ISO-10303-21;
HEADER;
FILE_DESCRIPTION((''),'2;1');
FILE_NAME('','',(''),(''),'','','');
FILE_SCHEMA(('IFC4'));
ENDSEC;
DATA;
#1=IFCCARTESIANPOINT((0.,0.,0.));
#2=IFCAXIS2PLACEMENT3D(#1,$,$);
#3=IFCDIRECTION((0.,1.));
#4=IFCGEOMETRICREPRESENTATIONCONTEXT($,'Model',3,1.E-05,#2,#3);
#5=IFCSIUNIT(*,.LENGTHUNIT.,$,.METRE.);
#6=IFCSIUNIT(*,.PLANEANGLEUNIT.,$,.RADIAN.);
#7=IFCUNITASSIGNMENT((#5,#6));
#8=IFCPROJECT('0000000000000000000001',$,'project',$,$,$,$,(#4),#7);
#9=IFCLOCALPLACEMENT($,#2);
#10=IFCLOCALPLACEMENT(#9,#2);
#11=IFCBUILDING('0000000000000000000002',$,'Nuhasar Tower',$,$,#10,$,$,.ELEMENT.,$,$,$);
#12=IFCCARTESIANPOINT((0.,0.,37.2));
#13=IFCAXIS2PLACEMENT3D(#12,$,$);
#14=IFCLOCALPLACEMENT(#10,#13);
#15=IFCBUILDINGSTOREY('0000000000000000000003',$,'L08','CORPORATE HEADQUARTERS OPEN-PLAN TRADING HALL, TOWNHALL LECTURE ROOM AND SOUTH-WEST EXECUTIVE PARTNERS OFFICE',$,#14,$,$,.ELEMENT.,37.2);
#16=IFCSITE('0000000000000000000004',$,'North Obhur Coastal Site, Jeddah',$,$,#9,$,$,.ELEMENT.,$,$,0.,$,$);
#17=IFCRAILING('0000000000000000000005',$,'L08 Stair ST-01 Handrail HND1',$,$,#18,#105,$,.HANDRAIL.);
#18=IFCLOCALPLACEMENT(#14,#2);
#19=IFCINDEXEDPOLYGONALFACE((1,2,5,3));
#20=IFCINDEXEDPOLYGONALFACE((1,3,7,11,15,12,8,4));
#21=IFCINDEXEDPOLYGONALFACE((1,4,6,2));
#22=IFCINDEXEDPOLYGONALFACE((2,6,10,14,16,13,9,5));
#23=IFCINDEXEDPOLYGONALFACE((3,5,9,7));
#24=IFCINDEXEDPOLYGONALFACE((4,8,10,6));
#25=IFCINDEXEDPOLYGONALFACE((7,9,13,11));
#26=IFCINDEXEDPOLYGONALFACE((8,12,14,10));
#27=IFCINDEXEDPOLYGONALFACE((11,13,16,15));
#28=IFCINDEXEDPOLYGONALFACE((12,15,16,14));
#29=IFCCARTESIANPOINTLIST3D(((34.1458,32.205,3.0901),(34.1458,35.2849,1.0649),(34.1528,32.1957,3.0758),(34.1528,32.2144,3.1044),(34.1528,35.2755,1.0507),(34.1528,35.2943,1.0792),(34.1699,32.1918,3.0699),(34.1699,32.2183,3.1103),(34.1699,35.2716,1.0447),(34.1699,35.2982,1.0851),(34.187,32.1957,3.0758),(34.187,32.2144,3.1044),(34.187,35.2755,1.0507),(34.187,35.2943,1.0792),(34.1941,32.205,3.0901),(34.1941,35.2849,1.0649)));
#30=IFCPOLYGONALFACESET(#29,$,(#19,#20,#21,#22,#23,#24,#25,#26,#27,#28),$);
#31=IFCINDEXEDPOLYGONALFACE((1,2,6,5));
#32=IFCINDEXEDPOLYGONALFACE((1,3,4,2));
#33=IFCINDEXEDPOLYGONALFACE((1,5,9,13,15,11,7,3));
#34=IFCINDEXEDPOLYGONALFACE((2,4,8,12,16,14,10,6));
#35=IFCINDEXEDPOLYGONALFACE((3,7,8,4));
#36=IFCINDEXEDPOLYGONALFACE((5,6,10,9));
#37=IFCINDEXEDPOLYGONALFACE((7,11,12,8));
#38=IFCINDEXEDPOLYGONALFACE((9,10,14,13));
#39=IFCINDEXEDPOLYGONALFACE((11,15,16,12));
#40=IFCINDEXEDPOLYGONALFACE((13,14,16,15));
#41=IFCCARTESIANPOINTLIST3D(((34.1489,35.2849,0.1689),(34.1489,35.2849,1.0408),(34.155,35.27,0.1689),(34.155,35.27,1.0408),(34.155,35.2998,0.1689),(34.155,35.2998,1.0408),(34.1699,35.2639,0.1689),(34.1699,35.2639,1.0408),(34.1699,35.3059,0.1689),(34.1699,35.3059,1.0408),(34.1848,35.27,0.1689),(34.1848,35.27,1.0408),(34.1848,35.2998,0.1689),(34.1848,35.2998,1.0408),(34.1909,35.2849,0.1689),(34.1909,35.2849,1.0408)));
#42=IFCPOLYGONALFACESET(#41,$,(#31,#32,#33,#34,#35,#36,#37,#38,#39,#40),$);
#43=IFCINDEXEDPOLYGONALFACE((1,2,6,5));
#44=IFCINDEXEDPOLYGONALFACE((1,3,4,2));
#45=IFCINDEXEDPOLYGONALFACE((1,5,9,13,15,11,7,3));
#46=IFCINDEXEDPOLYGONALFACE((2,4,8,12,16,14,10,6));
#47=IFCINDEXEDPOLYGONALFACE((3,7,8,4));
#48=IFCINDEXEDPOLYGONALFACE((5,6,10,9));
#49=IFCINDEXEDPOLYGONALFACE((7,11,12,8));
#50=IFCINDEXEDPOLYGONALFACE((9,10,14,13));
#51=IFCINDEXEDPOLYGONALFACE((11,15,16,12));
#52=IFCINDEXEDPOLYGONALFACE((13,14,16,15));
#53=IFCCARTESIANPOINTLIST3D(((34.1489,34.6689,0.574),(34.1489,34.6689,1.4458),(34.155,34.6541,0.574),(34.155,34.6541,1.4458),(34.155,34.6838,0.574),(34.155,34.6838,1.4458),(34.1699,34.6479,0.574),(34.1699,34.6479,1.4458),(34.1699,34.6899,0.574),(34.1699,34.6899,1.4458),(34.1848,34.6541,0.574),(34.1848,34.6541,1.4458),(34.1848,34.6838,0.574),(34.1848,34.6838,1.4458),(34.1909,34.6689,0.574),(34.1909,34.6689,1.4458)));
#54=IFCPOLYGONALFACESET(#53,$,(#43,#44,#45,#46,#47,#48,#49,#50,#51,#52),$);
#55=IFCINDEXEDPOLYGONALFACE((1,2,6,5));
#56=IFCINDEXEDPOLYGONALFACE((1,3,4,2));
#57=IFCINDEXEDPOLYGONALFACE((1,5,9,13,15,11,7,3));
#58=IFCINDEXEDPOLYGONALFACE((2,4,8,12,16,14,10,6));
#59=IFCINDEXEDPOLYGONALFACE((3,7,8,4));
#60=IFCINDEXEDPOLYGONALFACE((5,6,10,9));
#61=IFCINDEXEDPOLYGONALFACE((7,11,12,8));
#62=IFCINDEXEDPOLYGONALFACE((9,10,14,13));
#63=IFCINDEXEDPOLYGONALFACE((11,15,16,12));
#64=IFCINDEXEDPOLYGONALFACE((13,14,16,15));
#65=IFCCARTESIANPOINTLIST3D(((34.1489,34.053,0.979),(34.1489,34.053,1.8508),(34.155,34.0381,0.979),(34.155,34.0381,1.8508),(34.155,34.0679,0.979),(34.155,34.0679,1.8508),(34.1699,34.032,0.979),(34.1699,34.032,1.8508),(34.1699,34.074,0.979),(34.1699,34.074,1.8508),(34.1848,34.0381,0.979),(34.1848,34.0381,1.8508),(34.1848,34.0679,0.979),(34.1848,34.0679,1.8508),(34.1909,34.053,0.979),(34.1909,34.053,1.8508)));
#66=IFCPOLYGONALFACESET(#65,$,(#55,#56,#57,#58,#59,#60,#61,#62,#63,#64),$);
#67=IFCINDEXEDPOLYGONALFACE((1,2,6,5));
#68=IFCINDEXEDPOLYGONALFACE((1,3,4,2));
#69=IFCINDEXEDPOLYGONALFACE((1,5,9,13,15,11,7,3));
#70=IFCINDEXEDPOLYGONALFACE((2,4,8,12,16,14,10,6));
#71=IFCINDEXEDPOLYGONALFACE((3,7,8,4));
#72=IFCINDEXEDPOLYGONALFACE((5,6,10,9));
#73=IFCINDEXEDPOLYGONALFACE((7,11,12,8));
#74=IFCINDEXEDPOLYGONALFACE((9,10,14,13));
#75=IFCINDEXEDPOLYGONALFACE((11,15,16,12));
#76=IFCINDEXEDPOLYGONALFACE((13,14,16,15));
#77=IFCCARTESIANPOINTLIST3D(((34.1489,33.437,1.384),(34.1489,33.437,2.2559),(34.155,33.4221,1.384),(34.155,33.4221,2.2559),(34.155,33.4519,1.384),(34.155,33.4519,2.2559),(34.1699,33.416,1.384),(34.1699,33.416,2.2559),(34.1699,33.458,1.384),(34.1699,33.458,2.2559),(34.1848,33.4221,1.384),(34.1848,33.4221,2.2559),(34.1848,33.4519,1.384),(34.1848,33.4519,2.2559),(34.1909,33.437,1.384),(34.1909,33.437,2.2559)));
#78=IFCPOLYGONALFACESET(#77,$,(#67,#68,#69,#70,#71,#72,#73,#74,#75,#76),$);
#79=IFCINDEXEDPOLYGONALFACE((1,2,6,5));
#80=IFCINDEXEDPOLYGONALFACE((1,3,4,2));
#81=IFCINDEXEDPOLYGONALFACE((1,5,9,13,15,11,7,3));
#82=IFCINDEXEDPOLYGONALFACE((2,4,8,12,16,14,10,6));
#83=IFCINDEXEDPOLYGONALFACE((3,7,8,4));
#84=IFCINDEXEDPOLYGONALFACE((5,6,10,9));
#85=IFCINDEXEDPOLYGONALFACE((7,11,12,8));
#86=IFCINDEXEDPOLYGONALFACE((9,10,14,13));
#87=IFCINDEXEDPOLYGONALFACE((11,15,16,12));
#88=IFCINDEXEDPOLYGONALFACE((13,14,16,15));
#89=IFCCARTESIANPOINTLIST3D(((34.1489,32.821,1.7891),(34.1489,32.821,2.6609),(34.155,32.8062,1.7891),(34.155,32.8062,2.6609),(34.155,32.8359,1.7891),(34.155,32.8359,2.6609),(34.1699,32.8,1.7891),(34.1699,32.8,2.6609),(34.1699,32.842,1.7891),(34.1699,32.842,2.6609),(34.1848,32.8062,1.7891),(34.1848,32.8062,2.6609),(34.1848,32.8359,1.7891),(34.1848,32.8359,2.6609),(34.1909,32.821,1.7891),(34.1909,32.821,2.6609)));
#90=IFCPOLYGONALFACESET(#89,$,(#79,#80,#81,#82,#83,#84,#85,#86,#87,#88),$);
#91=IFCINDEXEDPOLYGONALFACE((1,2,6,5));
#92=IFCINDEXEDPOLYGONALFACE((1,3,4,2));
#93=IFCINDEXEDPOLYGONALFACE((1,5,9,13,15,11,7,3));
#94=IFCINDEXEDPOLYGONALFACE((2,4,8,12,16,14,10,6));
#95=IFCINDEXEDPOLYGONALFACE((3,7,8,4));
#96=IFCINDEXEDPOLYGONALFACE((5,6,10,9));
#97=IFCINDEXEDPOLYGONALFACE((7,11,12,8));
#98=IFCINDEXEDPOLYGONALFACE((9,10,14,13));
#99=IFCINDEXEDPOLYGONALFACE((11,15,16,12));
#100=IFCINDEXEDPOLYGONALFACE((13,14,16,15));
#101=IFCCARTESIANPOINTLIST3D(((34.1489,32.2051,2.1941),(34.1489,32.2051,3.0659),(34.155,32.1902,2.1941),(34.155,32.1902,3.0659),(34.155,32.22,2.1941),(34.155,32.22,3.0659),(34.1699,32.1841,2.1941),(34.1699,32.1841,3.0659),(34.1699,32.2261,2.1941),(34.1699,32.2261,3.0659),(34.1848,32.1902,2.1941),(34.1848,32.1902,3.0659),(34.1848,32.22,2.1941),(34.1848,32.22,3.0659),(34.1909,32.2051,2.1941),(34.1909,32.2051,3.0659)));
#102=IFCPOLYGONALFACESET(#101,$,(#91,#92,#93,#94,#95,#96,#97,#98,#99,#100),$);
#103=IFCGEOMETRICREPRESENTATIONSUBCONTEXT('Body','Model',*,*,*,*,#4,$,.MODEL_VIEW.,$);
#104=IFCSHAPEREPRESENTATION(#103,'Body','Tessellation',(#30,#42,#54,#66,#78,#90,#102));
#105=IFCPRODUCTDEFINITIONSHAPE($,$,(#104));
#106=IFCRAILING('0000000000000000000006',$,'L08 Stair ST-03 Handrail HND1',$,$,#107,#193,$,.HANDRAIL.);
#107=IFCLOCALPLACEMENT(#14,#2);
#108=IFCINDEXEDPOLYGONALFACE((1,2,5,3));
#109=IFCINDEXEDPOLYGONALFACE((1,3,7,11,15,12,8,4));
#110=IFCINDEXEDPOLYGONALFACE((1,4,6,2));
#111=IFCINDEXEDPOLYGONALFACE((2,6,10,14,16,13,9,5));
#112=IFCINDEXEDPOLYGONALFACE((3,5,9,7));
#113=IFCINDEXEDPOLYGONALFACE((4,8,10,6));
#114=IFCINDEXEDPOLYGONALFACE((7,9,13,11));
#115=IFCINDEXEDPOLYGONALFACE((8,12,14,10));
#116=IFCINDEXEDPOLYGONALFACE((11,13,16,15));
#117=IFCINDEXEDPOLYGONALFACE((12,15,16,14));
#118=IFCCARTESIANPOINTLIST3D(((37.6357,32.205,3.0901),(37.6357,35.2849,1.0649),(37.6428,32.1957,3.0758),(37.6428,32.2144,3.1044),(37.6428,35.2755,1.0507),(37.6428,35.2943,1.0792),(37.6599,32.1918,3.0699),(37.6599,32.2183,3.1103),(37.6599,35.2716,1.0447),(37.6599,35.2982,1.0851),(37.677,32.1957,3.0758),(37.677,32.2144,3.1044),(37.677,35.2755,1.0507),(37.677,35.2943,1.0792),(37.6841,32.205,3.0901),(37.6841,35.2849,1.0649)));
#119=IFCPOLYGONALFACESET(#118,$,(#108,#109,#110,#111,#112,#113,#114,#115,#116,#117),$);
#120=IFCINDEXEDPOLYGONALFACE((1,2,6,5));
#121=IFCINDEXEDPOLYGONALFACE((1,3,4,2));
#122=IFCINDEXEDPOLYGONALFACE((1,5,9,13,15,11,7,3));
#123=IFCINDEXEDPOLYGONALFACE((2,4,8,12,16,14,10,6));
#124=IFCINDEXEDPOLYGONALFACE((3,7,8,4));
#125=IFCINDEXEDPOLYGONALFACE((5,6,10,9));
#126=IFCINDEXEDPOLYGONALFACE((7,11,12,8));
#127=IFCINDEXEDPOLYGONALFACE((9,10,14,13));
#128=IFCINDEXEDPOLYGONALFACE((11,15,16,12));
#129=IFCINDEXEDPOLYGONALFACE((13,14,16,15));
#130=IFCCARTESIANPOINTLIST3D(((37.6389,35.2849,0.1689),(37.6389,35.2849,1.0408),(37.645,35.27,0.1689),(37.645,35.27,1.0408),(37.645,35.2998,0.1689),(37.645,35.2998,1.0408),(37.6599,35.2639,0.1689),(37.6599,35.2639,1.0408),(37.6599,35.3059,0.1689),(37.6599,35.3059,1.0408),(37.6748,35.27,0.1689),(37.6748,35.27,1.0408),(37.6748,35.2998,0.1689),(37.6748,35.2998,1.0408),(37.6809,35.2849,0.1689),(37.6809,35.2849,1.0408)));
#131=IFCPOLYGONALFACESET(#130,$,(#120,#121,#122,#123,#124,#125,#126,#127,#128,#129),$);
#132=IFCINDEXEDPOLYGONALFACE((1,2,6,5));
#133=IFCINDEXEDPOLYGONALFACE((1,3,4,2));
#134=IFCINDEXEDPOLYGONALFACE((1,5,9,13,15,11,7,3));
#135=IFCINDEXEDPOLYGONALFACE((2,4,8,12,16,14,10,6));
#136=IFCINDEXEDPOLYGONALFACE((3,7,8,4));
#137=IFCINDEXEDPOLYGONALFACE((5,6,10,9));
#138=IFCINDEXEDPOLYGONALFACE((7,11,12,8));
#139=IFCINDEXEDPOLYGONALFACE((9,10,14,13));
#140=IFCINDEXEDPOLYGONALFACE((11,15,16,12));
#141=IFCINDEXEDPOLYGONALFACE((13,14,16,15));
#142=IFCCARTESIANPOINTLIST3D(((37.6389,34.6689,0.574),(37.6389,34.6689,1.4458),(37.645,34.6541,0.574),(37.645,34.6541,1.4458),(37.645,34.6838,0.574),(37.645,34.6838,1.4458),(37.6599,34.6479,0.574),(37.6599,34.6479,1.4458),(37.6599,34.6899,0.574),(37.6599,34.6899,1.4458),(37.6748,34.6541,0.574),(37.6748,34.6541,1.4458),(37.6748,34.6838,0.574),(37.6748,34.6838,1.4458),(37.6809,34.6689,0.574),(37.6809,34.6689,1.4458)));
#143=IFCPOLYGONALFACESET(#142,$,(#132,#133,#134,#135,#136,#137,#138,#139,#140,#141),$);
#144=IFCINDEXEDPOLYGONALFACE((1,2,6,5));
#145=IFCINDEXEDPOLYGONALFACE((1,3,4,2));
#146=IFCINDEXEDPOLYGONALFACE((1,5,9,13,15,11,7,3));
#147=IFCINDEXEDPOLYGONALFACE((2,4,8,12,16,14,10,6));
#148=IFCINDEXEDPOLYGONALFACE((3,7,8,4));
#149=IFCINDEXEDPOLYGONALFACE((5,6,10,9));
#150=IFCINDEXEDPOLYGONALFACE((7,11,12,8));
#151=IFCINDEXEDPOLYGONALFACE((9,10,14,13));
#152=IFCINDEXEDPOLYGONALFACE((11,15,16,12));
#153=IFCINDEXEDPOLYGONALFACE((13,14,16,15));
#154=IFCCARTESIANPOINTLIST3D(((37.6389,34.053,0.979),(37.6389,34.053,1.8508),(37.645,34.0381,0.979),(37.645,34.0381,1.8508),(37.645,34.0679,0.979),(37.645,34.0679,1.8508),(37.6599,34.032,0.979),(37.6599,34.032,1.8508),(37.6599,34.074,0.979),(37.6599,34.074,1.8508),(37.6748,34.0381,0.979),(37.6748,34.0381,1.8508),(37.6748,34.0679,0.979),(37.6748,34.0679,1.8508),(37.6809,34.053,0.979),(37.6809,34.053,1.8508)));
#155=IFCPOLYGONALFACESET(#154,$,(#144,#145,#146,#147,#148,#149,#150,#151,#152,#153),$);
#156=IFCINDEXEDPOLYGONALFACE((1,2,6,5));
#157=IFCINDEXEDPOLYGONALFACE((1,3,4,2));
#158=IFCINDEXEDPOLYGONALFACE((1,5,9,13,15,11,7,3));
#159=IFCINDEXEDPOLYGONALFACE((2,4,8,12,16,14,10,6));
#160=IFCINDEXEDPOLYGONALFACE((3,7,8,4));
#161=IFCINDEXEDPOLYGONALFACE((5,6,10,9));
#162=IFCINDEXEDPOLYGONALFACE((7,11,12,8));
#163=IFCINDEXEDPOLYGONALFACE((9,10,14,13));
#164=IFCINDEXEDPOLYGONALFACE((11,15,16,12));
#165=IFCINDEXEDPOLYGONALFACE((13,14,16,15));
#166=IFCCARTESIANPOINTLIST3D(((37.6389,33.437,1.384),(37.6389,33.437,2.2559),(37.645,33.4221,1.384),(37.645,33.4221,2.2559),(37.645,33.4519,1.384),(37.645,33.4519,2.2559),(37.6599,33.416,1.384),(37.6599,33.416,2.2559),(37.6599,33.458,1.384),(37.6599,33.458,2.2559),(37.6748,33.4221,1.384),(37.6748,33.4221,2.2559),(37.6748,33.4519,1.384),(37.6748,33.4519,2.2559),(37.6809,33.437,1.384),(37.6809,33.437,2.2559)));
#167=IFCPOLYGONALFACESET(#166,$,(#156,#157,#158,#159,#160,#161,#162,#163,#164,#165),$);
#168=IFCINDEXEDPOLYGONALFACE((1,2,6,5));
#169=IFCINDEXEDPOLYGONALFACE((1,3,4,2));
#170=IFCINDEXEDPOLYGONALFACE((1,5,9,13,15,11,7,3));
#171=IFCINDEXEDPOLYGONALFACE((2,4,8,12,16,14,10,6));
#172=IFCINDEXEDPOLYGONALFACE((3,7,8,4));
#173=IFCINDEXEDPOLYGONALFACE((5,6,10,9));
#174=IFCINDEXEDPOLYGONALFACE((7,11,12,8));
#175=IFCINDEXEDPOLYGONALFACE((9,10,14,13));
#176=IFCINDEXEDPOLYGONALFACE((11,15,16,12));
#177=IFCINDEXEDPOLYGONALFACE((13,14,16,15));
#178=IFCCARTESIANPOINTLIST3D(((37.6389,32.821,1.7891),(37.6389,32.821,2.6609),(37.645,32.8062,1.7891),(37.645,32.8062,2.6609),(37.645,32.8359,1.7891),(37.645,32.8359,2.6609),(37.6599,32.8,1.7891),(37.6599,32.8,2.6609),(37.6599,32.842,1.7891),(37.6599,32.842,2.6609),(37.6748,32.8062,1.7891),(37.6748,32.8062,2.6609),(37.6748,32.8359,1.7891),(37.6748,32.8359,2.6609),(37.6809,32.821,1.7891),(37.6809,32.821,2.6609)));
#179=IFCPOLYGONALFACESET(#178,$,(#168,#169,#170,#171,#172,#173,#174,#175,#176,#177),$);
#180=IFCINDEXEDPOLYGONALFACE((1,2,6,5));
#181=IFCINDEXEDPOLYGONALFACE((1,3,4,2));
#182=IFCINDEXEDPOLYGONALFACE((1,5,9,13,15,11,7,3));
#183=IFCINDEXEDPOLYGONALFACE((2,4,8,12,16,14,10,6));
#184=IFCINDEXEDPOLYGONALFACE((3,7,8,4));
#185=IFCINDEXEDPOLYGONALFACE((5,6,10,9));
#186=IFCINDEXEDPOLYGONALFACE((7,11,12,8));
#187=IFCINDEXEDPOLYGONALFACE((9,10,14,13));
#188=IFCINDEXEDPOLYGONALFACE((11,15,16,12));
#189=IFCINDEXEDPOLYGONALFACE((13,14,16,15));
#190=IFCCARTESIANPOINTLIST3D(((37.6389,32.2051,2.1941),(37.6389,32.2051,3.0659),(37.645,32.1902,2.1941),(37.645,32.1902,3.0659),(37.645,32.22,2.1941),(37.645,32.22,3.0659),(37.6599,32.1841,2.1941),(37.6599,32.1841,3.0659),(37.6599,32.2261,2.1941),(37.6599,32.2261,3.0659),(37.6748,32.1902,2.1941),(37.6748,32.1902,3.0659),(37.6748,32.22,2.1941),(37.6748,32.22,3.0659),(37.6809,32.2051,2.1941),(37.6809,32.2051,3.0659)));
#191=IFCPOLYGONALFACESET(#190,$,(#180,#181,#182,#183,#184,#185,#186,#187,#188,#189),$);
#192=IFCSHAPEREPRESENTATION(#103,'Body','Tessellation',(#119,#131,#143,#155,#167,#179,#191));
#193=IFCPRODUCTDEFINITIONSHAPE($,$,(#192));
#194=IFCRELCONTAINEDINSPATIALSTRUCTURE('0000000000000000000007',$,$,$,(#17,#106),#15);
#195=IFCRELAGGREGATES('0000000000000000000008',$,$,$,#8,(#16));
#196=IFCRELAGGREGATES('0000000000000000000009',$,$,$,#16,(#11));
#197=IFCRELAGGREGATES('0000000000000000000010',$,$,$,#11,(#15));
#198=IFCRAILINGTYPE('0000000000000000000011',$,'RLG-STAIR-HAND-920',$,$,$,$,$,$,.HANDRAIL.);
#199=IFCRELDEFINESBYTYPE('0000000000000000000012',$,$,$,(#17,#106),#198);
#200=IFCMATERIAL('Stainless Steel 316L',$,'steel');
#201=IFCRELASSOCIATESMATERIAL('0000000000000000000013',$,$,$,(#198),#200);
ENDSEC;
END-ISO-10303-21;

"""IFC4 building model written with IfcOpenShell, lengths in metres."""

from ifc_helpers import new_model, si_unit, direction, frame, origin, place, context, subcontext, project, spatial, polyline, outline, extrude, material, type_object, element, save


model = new_model("IFC4")

# Units and contexts
model_context = context("Model", 3, precision=1e-05, world=origin(), true_north=direction((0.0, 1.0)))
body_context = subcontext(model_context, "Body", "Model", "MODEL_VIEW")
ifc_project = project(units=[si_unit("LENGTHUNIT", "METRE"), si_unit("PLANEANGLEUNIT", "RADIAN")], contexts=[model_context])

# Site, building, storey
site_placement = place(None, origin())
site = spatial("IfcSite", under=ifc_project, at=site_placement, Name="North Obhur Coastal Site, Jeddah", CompositionType="ELEMENT", RefElevation=0.0)
building_placement = place(site_placement, origin())
building = spatial("IfcBuilding", under=site, at=building_placement, Name="Nuhasar Tower", CompositionType="ELEMENT")
storey_placement = place(building_placement, frame((0.0, 0.0, 37.2)))
storey = spatial("IfcBuildingStorey", under=building, at=storey_placement, Name="L08", Description="CORPORATE HEADQUARTERS OPEN-PLAN TRADING HALL, TOWNHALL LECTURE ROOM AND SOUTH-WEST EXECUTIVE PARTNERS OFFICE", CompositionType="ELEMENT", Elevation=37.2)

# Railings
ifc_material_1 = material(Name="Stainless Steel 316L", Category="steel")
railing_type_1 = type_object("IfcRailingType", Name="RLG-STAIR-HAND-920", PredefinedType="HANDRAIL", material=ifc_material_1)
railing_1_placement = place(storey_placement, frame((34.1699, 35.2849, 0.1689)))
element("IfcRailing", 1, at=railing_1_placement, inside=storey, type_object=railing_type_1, Name="L08 Stair ST-01 Handrail HND1", PredefinedType="HANDRAIL", context=body_context, shape_type="SweptSolid", body=[
    extrude(outline(polyline([(0.0242, 0.0), (0.0171, 0.0171), (0.0, 0.0242), (-0.0171, 0.0171), (-0.0242, 0.0), (-0.0171, -0.0171), (0.0, -0.0242), (0.0171, -0.0171), (0.0242, 0.0)])), frame((0.0, 0.0, 0.896), z_axis=(0.0, -0.835549, 0.549416), x_axis=(1.0, 0.0, 0.0)), (0.0, 0.0, 1.0), 3.686),
    extrude(outline(polyline([(0.021, 0.0), (0.0149, 0.0149), (0.0, 0.021), (-0.0149, 0.0149), (-0.021, 0.0), (-0.0149, -0.0149), (0.0, -0.021), (0.0149, -0.0149), (0.021, 0.0)])), origin(), (0.0, 0.0, 1.0), 0.8718),
    extrude(outline(polyline([(0.021, 0.0), (0.0149, 0.0149), (0.0, 0.021), (-0.0149, 0.0149), (-0.021, 0.0), (-0.0149, -0.0149), (0.0, -0.021), (0.0149, -0.0149), (0.021, 0.0)])), frame((0.0, -0.616, 0.405)), (0.0, 0.0, 1.0), 0.8718),
    extrude(outline(polyline([(0.021, 0.0), (0.0149, 0.0149), (0.0, 0.021), (-0.0149, 0.0149), (-0.021, 0.0), (-0.0149, -0.0149), (0.0, -0.021), (0.0149, -0.0149), (0.021, 0.0)])), frame((0.0, -1.2319, 0.8101)), (0.0, 0.0, 1.0), 0.8718),
    extrude(outline(polyline([(0.021, 0.0), (0.0149, 0.0149), (0.0, 0.021), (-0.0149, 0.0149), (-0.021, 0.0), (-0.0149, -0.0149), (0.0, -0.021), (0.0149, -0.0149), (0.021, 0.0)])), frame((0.0, -1.8479, 1.2151)), (0.0, 0.0, 1.0), 0.8718),
    extrude(outline(polyline([(0.021, 0.0), (0.0149, 0.0149), (0.0, 0.021), (-0.0149, 0.0149), (-0.021, 0.0), (-0.0149, -0.0149), (0.0, -0.021), (0.0149, -0.0149), (0.021, 0.0)])), frame((0.0, -2.4639, 1.6201)), (0.0, 0.0, 1.0), 0.8718),
    extrude(outline(polyline([(0.021, 0.0), (0.0149, 0.0149), (0.0, 0.021), (-0.0149, 0.0149), (-0.021, 0.0), (-0.0149, -0.0149), (0.0, -0.021), (0.0149, -0.0149), (0.021, 0.0)])), frame((0.0, -3.0798, 2.0251)), (0.0, 0.0, 1.0), 0.8718),
])
railing_2_placement = place(storey_placement, frame((37.6599, 35.2849, 0.1689)))
element("IfcRailing", 2, at=railing_2_placement, inside=storey, type_object=railing_type_1, Name="L08 Stair ST-03 Handrail HND1", PredefinedType="HANDRAIL", context=body_context, shape_type="SweptSolid", body=[
    extrude(outline(polyline([(0.0242, 0.0), (0.0171, 0.0171), (0.0, 0.0242), (-0.0171, 0.0171), (-0.0242, 0.0), (-0.0171, -0.0171), (0.0, -0.0242), (0.0171, -0.0171), (0.0242, 0.0)])), frame((0.0, 0.0, 0.896), z_axis=(0.0, -0.835549, 0.549416), x_axis=(1.0, 0.0, 0.0)), (0.0, 0.0, 1.0), 3.686),
    extrude(outline(polyline([(0.021, 0.0), (0.0149, 0.0149), (0.0, 0.021), (-0.0149, 0.0149), (-0.021, 0.0), (-0.0149, -0.0149), (0.0, -0.021), (0.0149, -0.0149), (0.021, 0.0)])), origin(), (0.0, 0.0, 1.0), 0.8718),
    extrude(outline(polyline([(0.021, 0.0), (0.0149, 0.0149), (0.0, 0.021), (-0.0149, 0.0149), (-0.021, 0.0), (-0.0149, -0.0149), (0.0, -0.021), (0.0149, -0.0149), (0.021, 0.0)])), frame((0.0, -0.616, 0.405)), (0.0, 0.0, 1.0), 0.8718),
    extrude(outline(polyline([(0.021, 0.0), (0.0149, 0.0149), (0.0, 0.021), (-0.0149, 0.0149), (-0.021, 0.0), (-0.0149, -0.0149), (0.0, -0.021), (0.0149, -0.0149), (0.021, 0.0)])), frame((0.0, -1.2319, 0.8101)), (0.0, 0.0, 1.0), 0.8718),
    extrude(outline(polyline([(0.021, 0.0), (0.0149, 0.0149), (0.0, 0.021), (-0.0149, 0.0149), (-0.021, 0.0), (-0.0149, -0.0149), (0.0, -0.021), (0.0149, -0.0149), (0.021, 0.0)])), frame((0.0, -1.8479, 1.2151)), (0.0, 0.0, 1.0), 0.8718),
    extrude(outline(polyline([(0.021, 0.0), (0.0149, 0.0149), (0.0, 0.021), (-0.0149, 0.0149), (-0.021, 0.0), (-0.0149, -0.0149), (0.0, -0.021), (0.0149, -0.0149), (0.021, 0.0)])), frame((0.0, -2.4639, 1.6201)), (0.0, 0.0, 1.0), 0.8718),
    extrude(outline(polyline([(0.021, 0.0), (0.0149, 0.0149), (0.0, 0.021), (-0.0149, 0.0149), (-0.021, 0.0), (-0.0149, -0.0149), (0.0, -0.021), (0.0149, -0.0149), (0.021, 0.0)])), frame((0.0, -3.0798, 2.0251)), (0.0, 0.0, 1.0), 0.8718),
])

save(model, "model.ifc")
